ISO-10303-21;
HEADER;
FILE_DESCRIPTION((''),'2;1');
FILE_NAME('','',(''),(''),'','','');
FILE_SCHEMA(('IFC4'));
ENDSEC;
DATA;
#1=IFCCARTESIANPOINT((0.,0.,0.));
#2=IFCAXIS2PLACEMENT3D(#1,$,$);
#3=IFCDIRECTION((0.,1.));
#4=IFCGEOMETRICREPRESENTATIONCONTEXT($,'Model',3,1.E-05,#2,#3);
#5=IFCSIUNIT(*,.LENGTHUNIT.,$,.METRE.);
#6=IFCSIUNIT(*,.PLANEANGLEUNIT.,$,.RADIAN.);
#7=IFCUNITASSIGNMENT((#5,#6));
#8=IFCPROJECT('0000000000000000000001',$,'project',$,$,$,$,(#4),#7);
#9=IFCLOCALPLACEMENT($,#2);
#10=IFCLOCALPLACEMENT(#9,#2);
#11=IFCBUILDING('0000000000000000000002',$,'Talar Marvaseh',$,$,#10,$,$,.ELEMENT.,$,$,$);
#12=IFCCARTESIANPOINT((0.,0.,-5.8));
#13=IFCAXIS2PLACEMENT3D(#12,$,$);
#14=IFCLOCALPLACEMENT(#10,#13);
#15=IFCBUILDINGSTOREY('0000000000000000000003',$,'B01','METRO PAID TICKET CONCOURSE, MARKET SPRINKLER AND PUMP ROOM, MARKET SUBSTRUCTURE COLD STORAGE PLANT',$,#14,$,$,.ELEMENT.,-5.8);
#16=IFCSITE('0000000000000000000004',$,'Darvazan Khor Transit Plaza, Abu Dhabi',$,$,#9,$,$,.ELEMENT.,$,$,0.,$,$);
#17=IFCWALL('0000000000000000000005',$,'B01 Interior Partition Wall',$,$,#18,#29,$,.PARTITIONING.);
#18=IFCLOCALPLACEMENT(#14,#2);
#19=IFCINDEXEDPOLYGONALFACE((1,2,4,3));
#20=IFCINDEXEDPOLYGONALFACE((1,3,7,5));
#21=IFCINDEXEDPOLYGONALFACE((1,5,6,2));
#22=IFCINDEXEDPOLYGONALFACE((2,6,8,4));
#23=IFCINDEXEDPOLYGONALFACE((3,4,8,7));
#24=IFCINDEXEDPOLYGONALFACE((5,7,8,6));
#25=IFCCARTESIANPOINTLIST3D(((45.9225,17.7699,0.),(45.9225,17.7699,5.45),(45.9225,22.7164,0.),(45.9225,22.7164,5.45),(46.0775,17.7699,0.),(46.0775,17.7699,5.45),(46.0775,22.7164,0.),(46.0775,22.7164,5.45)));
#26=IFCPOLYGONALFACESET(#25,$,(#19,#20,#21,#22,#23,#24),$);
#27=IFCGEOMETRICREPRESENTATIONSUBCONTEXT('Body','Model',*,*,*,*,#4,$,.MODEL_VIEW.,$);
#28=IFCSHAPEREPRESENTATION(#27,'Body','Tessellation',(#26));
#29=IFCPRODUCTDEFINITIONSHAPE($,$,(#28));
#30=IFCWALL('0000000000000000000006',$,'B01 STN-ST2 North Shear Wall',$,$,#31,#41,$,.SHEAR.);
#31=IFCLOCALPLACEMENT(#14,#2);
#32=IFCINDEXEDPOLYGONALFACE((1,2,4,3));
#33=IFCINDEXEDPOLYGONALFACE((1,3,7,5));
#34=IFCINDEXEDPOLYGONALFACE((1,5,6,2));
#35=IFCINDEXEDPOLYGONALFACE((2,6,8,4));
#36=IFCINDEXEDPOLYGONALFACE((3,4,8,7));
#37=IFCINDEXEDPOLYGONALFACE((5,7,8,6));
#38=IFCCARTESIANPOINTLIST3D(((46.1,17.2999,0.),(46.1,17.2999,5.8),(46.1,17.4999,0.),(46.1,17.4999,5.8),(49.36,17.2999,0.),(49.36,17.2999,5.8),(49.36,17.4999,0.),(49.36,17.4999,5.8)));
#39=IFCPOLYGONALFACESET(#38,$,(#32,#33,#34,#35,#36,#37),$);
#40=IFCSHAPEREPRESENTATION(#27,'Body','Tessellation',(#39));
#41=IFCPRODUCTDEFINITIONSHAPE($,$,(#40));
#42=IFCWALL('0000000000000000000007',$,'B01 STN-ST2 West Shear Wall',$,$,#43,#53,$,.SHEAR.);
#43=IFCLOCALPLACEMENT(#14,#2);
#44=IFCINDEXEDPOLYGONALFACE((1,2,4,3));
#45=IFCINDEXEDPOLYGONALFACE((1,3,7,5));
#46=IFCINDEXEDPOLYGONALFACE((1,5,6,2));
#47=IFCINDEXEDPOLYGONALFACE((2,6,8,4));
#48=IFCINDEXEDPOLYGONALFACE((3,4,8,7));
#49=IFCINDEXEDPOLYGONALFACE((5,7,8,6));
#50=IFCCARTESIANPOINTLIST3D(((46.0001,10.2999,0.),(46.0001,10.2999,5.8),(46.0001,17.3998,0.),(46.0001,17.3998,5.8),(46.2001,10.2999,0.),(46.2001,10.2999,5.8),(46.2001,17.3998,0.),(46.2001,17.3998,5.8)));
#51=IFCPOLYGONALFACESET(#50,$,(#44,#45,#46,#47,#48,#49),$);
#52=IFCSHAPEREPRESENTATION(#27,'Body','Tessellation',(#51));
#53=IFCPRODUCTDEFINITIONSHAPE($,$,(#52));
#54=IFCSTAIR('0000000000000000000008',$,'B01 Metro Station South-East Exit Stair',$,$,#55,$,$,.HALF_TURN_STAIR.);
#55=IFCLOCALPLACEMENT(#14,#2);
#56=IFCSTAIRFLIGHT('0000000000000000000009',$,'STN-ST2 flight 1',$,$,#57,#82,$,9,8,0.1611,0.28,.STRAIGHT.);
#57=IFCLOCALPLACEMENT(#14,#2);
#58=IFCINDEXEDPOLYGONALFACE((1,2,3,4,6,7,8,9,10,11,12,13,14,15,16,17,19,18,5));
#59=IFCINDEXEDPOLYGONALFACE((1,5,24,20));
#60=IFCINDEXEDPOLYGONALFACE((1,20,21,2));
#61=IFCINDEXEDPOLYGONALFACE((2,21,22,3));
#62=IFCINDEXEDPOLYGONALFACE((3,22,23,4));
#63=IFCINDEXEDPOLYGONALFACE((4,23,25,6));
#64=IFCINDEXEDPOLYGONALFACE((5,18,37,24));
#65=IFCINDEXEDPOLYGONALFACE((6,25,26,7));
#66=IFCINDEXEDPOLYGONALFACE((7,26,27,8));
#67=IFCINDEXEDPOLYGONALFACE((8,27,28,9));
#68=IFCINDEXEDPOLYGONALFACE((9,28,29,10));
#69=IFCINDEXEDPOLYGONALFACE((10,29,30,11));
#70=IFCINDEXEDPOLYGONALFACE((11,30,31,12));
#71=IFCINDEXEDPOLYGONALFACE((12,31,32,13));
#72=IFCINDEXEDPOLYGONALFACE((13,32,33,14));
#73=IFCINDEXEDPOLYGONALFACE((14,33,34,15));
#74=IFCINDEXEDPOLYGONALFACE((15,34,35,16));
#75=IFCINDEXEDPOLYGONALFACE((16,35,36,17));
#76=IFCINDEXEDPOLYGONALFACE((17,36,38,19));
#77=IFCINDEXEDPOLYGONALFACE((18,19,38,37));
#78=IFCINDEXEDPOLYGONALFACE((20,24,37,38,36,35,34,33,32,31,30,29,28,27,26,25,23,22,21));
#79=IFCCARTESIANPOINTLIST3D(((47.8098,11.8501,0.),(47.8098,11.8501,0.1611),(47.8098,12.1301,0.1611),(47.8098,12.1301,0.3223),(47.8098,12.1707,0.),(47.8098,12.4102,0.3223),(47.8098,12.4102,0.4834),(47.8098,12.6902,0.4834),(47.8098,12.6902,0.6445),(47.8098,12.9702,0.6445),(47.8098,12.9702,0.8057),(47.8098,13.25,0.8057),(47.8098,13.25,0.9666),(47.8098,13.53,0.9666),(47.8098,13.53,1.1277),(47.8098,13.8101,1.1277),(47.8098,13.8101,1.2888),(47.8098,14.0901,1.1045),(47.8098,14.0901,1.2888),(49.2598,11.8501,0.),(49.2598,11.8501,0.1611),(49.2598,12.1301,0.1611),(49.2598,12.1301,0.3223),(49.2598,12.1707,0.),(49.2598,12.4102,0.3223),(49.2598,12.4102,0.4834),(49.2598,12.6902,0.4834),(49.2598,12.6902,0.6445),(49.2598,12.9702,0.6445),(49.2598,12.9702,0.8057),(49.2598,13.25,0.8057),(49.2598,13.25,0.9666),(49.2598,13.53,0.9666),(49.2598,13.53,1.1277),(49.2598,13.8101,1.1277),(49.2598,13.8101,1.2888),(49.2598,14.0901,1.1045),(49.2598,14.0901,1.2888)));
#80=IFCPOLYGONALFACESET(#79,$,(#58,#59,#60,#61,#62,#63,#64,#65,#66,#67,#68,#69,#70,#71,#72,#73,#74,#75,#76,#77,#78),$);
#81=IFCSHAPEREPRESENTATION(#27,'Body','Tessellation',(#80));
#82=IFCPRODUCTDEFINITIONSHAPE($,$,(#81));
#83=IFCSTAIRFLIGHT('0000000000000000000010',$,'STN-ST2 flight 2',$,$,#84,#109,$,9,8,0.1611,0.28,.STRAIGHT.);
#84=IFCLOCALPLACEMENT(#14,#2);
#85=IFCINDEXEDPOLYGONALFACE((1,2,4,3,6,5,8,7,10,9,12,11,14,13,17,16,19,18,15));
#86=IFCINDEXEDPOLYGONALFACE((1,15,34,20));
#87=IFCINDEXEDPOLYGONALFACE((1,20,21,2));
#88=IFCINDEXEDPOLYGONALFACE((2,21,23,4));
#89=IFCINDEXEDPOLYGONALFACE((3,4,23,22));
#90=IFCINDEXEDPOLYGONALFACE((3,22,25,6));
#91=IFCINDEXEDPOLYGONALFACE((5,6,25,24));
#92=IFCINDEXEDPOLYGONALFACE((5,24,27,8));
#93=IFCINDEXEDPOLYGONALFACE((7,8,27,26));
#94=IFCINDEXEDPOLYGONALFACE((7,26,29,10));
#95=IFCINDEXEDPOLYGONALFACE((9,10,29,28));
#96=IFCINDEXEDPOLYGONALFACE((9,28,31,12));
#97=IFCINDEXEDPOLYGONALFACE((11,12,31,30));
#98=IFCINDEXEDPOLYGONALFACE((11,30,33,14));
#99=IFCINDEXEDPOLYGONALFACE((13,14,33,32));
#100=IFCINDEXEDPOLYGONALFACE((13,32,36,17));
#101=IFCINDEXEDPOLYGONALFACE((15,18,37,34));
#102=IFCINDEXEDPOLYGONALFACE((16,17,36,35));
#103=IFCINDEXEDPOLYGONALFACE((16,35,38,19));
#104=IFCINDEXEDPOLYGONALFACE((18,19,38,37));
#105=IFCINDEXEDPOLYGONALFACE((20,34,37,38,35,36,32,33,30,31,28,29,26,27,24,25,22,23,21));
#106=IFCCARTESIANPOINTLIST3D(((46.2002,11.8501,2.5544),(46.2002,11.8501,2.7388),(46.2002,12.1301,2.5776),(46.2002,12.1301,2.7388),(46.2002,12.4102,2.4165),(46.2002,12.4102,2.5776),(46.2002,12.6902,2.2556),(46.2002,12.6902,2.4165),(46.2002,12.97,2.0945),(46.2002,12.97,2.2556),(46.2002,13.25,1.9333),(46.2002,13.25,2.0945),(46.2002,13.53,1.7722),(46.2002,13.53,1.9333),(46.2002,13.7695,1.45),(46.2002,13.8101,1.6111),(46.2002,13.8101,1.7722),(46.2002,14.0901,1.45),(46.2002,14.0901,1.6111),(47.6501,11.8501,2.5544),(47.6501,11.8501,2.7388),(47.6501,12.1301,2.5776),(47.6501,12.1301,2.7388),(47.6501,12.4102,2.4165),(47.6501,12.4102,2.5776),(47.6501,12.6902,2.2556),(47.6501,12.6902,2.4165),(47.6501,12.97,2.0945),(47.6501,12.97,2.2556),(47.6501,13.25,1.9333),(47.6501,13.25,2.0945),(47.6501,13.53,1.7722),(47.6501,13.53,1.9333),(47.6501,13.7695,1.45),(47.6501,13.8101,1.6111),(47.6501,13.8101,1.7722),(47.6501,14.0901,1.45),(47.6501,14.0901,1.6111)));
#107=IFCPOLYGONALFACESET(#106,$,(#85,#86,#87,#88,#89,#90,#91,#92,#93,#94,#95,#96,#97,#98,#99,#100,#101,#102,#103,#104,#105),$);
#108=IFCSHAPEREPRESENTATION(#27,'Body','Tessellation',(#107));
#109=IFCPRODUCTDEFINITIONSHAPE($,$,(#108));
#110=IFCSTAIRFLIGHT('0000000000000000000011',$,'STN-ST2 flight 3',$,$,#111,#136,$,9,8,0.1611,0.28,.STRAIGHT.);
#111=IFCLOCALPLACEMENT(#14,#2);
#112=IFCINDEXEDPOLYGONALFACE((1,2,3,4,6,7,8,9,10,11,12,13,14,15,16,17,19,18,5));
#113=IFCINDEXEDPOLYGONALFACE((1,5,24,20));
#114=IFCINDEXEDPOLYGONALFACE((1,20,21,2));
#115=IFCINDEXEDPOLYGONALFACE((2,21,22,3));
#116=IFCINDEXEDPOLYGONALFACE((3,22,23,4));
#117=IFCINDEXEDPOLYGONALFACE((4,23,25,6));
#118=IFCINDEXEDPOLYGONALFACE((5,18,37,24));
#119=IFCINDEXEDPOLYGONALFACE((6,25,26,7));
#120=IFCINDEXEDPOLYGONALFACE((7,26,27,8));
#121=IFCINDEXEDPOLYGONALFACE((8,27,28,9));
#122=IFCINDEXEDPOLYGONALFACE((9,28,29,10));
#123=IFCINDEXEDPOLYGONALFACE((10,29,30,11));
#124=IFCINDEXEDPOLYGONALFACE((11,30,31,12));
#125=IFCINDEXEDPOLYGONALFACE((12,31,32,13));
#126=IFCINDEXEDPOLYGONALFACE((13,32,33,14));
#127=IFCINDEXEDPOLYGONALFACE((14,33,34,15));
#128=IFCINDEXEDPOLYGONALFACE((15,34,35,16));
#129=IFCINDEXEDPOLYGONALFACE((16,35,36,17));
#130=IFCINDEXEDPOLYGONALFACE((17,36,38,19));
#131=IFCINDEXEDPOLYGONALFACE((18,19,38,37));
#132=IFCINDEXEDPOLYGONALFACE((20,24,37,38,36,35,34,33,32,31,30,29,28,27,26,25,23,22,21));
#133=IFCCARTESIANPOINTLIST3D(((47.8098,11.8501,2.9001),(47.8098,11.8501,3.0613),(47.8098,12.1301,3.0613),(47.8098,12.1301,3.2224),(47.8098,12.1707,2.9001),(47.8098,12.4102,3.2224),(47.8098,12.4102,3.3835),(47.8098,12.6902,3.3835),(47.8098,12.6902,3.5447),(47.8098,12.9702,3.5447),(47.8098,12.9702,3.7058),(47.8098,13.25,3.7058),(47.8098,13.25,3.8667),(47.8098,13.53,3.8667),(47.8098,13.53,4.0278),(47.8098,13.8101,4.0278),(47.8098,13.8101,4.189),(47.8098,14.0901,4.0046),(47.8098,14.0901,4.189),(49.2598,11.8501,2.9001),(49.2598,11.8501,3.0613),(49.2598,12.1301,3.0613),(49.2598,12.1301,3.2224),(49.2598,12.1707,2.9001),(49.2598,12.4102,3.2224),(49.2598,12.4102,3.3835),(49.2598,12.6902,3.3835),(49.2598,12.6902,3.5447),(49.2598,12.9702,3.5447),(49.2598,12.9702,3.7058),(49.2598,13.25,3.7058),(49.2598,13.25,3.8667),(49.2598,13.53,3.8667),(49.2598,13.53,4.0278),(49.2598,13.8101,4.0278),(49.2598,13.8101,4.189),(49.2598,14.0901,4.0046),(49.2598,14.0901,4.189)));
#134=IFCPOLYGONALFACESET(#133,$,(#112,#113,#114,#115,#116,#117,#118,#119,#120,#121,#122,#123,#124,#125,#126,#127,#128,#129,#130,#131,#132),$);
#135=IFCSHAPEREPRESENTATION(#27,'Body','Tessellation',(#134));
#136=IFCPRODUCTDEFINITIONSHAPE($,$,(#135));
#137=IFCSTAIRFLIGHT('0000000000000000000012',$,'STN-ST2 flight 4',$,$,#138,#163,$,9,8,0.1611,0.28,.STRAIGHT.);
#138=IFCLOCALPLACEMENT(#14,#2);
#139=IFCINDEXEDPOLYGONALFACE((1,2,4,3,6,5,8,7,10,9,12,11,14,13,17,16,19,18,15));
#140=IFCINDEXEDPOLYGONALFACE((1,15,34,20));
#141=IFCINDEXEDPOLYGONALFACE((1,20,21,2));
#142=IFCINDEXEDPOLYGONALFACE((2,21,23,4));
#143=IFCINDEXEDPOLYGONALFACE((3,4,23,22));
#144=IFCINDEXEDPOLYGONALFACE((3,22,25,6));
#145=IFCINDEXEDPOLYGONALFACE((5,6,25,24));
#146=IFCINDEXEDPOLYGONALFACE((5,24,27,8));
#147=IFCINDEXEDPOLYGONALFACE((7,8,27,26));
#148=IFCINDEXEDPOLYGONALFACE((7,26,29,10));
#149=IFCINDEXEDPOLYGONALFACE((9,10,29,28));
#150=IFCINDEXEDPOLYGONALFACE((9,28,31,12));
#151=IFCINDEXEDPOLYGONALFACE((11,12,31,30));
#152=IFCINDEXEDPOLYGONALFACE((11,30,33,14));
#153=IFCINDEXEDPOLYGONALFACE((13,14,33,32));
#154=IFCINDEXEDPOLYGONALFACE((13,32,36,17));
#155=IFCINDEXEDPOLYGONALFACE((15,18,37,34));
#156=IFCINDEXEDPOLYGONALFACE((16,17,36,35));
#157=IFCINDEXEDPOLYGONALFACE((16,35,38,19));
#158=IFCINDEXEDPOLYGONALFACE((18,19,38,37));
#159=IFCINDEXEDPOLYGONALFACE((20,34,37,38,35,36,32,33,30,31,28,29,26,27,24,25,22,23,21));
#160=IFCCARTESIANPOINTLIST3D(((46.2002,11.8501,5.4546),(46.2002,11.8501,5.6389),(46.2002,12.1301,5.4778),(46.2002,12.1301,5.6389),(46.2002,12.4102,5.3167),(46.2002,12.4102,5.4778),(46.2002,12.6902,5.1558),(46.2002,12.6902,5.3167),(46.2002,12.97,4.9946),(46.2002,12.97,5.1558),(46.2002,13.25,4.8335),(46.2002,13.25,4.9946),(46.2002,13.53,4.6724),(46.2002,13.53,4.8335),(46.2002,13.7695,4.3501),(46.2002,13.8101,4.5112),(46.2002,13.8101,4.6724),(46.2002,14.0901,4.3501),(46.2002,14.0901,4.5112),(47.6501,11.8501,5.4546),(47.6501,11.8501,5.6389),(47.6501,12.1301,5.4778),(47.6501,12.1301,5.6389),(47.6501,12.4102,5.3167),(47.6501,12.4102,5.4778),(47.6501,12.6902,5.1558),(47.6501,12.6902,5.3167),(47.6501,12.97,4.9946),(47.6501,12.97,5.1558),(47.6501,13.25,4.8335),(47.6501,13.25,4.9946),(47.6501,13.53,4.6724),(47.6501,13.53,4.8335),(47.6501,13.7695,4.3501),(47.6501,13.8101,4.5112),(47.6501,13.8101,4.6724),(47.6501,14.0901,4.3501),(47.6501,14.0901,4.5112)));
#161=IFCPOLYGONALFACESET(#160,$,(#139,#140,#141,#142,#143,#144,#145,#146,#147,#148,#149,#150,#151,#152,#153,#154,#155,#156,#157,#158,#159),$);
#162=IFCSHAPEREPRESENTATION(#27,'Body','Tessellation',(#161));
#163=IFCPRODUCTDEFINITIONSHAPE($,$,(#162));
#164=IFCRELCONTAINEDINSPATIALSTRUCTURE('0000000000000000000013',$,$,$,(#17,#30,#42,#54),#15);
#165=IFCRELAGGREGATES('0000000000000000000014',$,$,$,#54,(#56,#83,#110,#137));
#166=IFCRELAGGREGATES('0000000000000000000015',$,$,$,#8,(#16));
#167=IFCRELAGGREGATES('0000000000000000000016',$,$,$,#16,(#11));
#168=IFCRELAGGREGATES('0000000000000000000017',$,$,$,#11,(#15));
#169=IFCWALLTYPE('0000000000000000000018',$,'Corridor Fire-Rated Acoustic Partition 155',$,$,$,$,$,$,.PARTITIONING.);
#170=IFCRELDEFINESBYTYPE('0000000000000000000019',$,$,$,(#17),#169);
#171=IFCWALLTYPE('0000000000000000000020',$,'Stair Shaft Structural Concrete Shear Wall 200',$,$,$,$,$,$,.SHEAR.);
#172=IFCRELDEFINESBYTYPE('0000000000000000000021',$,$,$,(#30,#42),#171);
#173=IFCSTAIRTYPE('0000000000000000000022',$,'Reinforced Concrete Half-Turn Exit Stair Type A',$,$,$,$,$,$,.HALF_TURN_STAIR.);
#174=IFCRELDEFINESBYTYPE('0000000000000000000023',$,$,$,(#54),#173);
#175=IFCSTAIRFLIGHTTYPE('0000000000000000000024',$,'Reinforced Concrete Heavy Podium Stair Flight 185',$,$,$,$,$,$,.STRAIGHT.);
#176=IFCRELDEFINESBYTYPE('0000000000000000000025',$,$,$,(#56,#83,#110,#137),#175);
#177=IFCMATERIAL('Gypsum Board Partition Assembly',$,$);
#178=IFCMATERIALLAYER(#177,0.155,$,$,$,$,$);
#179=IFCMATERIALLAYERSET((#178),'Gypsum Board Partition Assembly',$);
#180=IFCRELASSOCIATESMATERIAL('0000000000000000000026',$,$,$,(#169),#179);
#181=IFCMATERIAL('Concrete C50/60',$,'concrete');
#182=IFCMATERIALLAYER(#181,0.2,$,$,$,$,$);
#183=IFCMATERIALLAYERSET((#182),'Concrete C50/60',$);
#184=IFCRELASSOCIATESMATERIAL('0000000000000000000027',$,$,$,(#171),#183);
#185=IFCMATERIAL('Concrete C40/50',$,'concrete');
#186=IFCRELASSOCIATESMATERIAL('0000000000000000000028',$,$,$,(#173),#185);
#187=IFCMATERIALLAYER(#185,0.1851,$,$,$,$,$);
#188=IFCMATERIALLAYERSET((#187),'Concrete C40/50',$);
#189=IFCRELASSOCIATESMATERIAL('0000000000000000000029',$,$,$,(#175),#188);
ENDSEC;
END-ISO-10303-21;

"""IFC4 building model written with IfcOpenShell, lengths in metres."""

from ifc_helpers import new_model, si_unit, direction, frame, frame_2d, origin, place, context, subcontext, project, spatial, polyline, rectangle, outline, extrude, material, layer, layer_set, type_object, element, aggregate, save


model = new_model("IFC4")

# Units and contexts
model_context = context("Model", 3, precision=1e-05, world=origin(), true_north=direction((0.0, 1.0)))
body_context = subcontext(model_context, "Body", "Model", "MODEL_VIEW")
ifc_project = project(units=[si_unit("LENGTHUNIT", "METRE"), si_unit("PLANEANGLEUNIT", "RADIAN")], contexts=[model_context])

# Site, building, storey
site_placement = place(None, origin())
site = spatial("IfcSite", under=ifc_project, at=site_placement, Name="Darvazan Khor Transit Plaza, Abu Dhabi", CompositionType="ELEMENT", RefElevation=0.0)
building_placement = place(site_placement, origin())
building = spatial("IfcBuilding", under=site, at=building_placement, Name="Talar Marvaseh", CompositionType="ELEMENT")
storey_placement = place(building_placement, frame((0.0, 0.0, -5.8)))
storey = spatial("IfcBuildingStorey", under=building, at=storey_placement, Name="B01", Description="METRO PAID TICKET CONCOURSE, MARKET SPRINKLER AND PUMP ROOM, MARKET SUBSTRUCTURE COLD STORAGE PLANT", CompositionType="ELEMENT", Elevation=-5.8)

# Shared definitions
ifc_material_1 = material(Name="Concrete C40/50", Category="concrete")

# Shared definitions
ifc_material_2 = material(Name="Concrete C50/60", Category="concrete")

# Shared definitions
ifc_material_3 = material(Name="Gypsum Board Partition Assembly")
ifc_layer_1 = layer(ifc_material_3, 0.155)
ifc_layer_set_1 = layer_set([ifc_layer_1], Name="Gypsum Board Partition Assembly")
wall_type_1 = type_object("IfcWallType", Name="Corridor Fire-Rated Acoustic Partition 155", PredefinedType="PARTITIONING", material=ifc_layer_set_1)

# Walls
wall_1_placement = place(storey_placement, frame((46.0, 17.77, 0.0), z_axis=(0.0, 0.0, 1.0), x_axis=(0.0, 1.0, 0.0)))
element("IfcWall", 1, at=wall_1_placement, inside=storey, type_object=wall_type_1, Name="B01 Interior Partition Wall", PredefinedType="PARTITIONING", context=body_context, shape_type="SweptSolid", body=[
    extrude(rectangle(XDim=4.9465, YDim=0.155, at=frame_2d((2.4731, 0.0))), origin(), (0.0, 0.0, 1.0), 5.45),
])
ifc_layer_2 = layer(ifc_material_2, 0.2)
ifc_layer_set_2 = layer_set([ifc_layer_2], Name="Concrete C50/60")
wall_type_2 = type_object("IfcWallType", Name="Stair Shaft Structural Concrete Shear Wall 200", PredefinedType="SHEAR", material=ifc_layer_set_2)
wall_2_placement = place(storey_placement, frame((46.1001, 17.3999, 0.0), z_axis=(0.0, 0.0, 1.0), x_axis=(1.0, 0.0, 0.0)))
element("IfcWall", 2, at=wall_2_placement, inside=storey, type_object=wall_type_2, Name="B01 STN-ST2 North Shear Wall", PredefinedType="SHEAR", context=body_context, shape_type="SweptSolid", body=[
    extrude(rectangle(XDim=3.26, YDim=0.2, at=frame_2d((1.6299, 0.0))), origin(), (0.0, 0.0, 1.0), 5.8),
])
wall_3_placement = place(storey_placement, frame((46.1001, 10.3, 0.0), z_axis=(0.0, 0.0, 1.0), x_axis=(0.0, 1.0, 0.0)))
element("IfcWall", 3, at=wall_3_placement, inside=storey, type_object=wall_type_2, Name="B01 STN-ST2 West Shear Wall", PredefinedType="SHEAR", context=body_context, shape_type="SweptSolid", body=[
    extrude(rectangle(XDim=7.0999, YDim=0.2, at=frame_2d((3.5498, 0.0))), origin(), (0.0, 0.0, 1.0), 5.8),
])

# Stair, stair flights
stair_type = type_object("IfcStairType", Name="Reinforced Concrete Half-Turn Exit Stair Type A", PredefinedType="HALF_TURN_STAIR", material=ifc_material_1)
stair_placement = place(storey_placement, origin())
stair = element("IfcStair", 4, at=stair_placement, inside=storey, type_object=stair_type, Name="B01 Metro Station South-East Exit Stair", PredefinedType="HALF_TURN_STAIR")
ifc_layer_3 = layer(ifc_material_1, 0.1851)
ifc_layer_set_3 = layer_set([ifc_layer_3], Name="Concrete C40/50")
stair_flight_type = type_object("IfcStairFlightType", Name="Reinforced Concrete Heavy Podium Stair Flight 185", PredefinedType="STRAIGHT", material=ifc_layer_set_3)
stair_flight_1_placement = place(storey_placement, frame((48.5349, 11.8501, 0.0), z_axis=(0.0, 0.0, 1.0), x_axis=(0.0, 1.0, 0.0)))
stair_flight_1 = element("IfcStairFlight", 5, at=stair_flight_1_placement, type_object=stair_flight_type, Name="STN-ST2 flight 1", NumberOfRisers=9, NumberOfTreads=8, PredefinedType="STRAIGHT", RiserHeight=0.1611, TreadLength=0.28, context=body_context, shape_type="SweptSolid", body=[
    extrude(outline(polyline([(0.0, 0.0), (0.0, 0.1611), (0.28, 0.1611), (0.28, 0.3223), (0.5601, 0.3223), (0.5601, 0.4834), (0.8401, 0.4834), (0.8401, 0.6445), (1.1201, 0.6445), (1.1201, 0.8057), (1.3999, 0.8057), (1.3999, 0.9666), (1.6799, 0.9666), (1.6799, 1.1277), (1.96, 1.1277), (1.96, 1.2888), (2.24, 1.2888), (2.24, 1.45), (2.24, 1.1045), (0.3206, 0.0), (0.0, 0.0)])), frame((0.0, 0.7251, 0.0), z_axis=(0.0, -1.0, 0.0), x_axis=(1.0, 0.0, 0.0)), (0.0, 0.0, 1.0), 1.45),
])
stair_flight_2_placement = place(storey_placement, frame((46.925, 14.0901, 1.45), z_axis=(0.0, 0.0, 1.0), x_axis=(0.0, -1.0, 0.0)))
stair_flight_2 = element("IfcStairFlight", 6, at=stair_flight_2_placement, type_object=stair_flight_type, Name="STN-ST2 flight 2", NumberOfRisers=9, NumberOfTreads=8, PredefinedType="STRAIGHT", RiserHeight=0.1611, TreadLength=0.28, context=body_context, shape_type="SweptSolid", body=[
    extrude(outline(polyline([(0.0, 0.0), (0.0, 0.1611), (0.28, 0.1611), (0.28, 0.3223), (0.5601, 0.3223), (0.5601, 0.4834), (0.8401, 0.4834), (0.8401, 0.6445), (1.1201, 0.6445), (1.1201, 0.8057), (1.3999, 0.8057), (1.3999, 0.9666), (1.6799, 0.9666), (1.6799, 1.1277), (1.96, 1.1277), (1.96, 1.2888), (2.24, 1.2888), (2.24, 1.45), (2.24, 1.1045), (0.3206, 0.0), (0.0, 0.0)])), frame((0.0, 0.7251, 0.0), z_axis=(0.0, -1.0, 0.0), x_axis=(1.0, 0.0, 0.0)), (0.0, 0.0, 1.0), 1.45),
])
stair_flight_3_placement = place(storey_placement, frame((48.5349, 11.8501, 2.9001), z_axis=(0.0, 0.0, 1.0), x_axis=(0.0, 1.0, 0.0)))
stair_flight_3 = element("IfcStairFlight", 7, at=stair_flight_3_placement, type_object=stair_flight_type, Name="STN-ST2 flight 3", NumberOfRisers=9, NumberOfTreads=8, PredefinedType="STRAIGHT", RiserHeight=0.1611, TreadLength=0.28, context=body_context, shape_type="SweptSolid", body=[
    extrude(outline(polyline([(0.0, 0.0), (0.0, 0.1611), (0.28, 0.1611), (0.28, 0.3223), (0.5601, 0.3223), (0.5601, 0.4834), (0.8401, 0.4834), (0.8401, 0.6445), (1.1201, 0.6445), (1.1201, 0.8057), (1.3999, 0.8057), (1.3999, 0.9666), (1.6799, 0.9666), (1.6799, 1.1277), (1.96, 1.1277), (1.96, 1.2888), (2.24, 1.2888), (2.24, 1.45), (2.24, 1.1045), (0.3206, 0.0), (0.0, 0.0)])), frame((0.0, 0.7251, 0.0), z_axis=(0.0, -1.0, 0.0), x_axis=(1.0, 0.0, 0.0)), (0.0, 0.0, 1.0), 1.45),
])
stair_flight_4_placement = place(storey_placement, frame((46.925, 14.0901, 4.3501), z_axis=(0.0, 0.0, 1.0), x_axis=(0.0, -1.0, 0.0)))
stair_flight_4 = element("IfcStairFlight", 8, at=stair_flight_4_placement, type_object=stair_flight_type, Name="STN-ST2 flight 4", NumberOfRisers=9, NumberOfTreads=8, PredefinedType="STRAIGHT", RiserHeight=0.1611, TreadLength=0.28, context=body_context, shape_type="SweptSolid", body=[
    extrude(outline(polyline([(0.0, 0.0), (0.0, 0.1611), (0.28, 0.1611), (0.28, 0.3223), (0.5601, 0.3223), (0.5601, 0.4834), (0.8401, 0.4834), (0.8401, 0.6445), (1.1201, 0.6445), (1.1201, 0.8057), (1.3999, 0.8057), (1.3999, 0.9666), (1.6799, 0.9666), (1.6799, 1.1277), (1.96, 1.1277), (1.96, 1.2888), (2.24, 1.2888), (2.24, 1.45), (2.24, 1.1045), (0.3206, 0.0), (0.0, 0.0)])), frame((0.0, 0.7251, 0.0), z_axis=(0.0, -1.0, 0.0), x_axis=(1.0, 0.0, 0.0)), (0.0, 0.0, 1.0), 1.45),
])
aggregate(stair, [stair_flight_1, stair_flight_2, stair_flight_3, stair_flight_4])

save(model, "model.ifc")
